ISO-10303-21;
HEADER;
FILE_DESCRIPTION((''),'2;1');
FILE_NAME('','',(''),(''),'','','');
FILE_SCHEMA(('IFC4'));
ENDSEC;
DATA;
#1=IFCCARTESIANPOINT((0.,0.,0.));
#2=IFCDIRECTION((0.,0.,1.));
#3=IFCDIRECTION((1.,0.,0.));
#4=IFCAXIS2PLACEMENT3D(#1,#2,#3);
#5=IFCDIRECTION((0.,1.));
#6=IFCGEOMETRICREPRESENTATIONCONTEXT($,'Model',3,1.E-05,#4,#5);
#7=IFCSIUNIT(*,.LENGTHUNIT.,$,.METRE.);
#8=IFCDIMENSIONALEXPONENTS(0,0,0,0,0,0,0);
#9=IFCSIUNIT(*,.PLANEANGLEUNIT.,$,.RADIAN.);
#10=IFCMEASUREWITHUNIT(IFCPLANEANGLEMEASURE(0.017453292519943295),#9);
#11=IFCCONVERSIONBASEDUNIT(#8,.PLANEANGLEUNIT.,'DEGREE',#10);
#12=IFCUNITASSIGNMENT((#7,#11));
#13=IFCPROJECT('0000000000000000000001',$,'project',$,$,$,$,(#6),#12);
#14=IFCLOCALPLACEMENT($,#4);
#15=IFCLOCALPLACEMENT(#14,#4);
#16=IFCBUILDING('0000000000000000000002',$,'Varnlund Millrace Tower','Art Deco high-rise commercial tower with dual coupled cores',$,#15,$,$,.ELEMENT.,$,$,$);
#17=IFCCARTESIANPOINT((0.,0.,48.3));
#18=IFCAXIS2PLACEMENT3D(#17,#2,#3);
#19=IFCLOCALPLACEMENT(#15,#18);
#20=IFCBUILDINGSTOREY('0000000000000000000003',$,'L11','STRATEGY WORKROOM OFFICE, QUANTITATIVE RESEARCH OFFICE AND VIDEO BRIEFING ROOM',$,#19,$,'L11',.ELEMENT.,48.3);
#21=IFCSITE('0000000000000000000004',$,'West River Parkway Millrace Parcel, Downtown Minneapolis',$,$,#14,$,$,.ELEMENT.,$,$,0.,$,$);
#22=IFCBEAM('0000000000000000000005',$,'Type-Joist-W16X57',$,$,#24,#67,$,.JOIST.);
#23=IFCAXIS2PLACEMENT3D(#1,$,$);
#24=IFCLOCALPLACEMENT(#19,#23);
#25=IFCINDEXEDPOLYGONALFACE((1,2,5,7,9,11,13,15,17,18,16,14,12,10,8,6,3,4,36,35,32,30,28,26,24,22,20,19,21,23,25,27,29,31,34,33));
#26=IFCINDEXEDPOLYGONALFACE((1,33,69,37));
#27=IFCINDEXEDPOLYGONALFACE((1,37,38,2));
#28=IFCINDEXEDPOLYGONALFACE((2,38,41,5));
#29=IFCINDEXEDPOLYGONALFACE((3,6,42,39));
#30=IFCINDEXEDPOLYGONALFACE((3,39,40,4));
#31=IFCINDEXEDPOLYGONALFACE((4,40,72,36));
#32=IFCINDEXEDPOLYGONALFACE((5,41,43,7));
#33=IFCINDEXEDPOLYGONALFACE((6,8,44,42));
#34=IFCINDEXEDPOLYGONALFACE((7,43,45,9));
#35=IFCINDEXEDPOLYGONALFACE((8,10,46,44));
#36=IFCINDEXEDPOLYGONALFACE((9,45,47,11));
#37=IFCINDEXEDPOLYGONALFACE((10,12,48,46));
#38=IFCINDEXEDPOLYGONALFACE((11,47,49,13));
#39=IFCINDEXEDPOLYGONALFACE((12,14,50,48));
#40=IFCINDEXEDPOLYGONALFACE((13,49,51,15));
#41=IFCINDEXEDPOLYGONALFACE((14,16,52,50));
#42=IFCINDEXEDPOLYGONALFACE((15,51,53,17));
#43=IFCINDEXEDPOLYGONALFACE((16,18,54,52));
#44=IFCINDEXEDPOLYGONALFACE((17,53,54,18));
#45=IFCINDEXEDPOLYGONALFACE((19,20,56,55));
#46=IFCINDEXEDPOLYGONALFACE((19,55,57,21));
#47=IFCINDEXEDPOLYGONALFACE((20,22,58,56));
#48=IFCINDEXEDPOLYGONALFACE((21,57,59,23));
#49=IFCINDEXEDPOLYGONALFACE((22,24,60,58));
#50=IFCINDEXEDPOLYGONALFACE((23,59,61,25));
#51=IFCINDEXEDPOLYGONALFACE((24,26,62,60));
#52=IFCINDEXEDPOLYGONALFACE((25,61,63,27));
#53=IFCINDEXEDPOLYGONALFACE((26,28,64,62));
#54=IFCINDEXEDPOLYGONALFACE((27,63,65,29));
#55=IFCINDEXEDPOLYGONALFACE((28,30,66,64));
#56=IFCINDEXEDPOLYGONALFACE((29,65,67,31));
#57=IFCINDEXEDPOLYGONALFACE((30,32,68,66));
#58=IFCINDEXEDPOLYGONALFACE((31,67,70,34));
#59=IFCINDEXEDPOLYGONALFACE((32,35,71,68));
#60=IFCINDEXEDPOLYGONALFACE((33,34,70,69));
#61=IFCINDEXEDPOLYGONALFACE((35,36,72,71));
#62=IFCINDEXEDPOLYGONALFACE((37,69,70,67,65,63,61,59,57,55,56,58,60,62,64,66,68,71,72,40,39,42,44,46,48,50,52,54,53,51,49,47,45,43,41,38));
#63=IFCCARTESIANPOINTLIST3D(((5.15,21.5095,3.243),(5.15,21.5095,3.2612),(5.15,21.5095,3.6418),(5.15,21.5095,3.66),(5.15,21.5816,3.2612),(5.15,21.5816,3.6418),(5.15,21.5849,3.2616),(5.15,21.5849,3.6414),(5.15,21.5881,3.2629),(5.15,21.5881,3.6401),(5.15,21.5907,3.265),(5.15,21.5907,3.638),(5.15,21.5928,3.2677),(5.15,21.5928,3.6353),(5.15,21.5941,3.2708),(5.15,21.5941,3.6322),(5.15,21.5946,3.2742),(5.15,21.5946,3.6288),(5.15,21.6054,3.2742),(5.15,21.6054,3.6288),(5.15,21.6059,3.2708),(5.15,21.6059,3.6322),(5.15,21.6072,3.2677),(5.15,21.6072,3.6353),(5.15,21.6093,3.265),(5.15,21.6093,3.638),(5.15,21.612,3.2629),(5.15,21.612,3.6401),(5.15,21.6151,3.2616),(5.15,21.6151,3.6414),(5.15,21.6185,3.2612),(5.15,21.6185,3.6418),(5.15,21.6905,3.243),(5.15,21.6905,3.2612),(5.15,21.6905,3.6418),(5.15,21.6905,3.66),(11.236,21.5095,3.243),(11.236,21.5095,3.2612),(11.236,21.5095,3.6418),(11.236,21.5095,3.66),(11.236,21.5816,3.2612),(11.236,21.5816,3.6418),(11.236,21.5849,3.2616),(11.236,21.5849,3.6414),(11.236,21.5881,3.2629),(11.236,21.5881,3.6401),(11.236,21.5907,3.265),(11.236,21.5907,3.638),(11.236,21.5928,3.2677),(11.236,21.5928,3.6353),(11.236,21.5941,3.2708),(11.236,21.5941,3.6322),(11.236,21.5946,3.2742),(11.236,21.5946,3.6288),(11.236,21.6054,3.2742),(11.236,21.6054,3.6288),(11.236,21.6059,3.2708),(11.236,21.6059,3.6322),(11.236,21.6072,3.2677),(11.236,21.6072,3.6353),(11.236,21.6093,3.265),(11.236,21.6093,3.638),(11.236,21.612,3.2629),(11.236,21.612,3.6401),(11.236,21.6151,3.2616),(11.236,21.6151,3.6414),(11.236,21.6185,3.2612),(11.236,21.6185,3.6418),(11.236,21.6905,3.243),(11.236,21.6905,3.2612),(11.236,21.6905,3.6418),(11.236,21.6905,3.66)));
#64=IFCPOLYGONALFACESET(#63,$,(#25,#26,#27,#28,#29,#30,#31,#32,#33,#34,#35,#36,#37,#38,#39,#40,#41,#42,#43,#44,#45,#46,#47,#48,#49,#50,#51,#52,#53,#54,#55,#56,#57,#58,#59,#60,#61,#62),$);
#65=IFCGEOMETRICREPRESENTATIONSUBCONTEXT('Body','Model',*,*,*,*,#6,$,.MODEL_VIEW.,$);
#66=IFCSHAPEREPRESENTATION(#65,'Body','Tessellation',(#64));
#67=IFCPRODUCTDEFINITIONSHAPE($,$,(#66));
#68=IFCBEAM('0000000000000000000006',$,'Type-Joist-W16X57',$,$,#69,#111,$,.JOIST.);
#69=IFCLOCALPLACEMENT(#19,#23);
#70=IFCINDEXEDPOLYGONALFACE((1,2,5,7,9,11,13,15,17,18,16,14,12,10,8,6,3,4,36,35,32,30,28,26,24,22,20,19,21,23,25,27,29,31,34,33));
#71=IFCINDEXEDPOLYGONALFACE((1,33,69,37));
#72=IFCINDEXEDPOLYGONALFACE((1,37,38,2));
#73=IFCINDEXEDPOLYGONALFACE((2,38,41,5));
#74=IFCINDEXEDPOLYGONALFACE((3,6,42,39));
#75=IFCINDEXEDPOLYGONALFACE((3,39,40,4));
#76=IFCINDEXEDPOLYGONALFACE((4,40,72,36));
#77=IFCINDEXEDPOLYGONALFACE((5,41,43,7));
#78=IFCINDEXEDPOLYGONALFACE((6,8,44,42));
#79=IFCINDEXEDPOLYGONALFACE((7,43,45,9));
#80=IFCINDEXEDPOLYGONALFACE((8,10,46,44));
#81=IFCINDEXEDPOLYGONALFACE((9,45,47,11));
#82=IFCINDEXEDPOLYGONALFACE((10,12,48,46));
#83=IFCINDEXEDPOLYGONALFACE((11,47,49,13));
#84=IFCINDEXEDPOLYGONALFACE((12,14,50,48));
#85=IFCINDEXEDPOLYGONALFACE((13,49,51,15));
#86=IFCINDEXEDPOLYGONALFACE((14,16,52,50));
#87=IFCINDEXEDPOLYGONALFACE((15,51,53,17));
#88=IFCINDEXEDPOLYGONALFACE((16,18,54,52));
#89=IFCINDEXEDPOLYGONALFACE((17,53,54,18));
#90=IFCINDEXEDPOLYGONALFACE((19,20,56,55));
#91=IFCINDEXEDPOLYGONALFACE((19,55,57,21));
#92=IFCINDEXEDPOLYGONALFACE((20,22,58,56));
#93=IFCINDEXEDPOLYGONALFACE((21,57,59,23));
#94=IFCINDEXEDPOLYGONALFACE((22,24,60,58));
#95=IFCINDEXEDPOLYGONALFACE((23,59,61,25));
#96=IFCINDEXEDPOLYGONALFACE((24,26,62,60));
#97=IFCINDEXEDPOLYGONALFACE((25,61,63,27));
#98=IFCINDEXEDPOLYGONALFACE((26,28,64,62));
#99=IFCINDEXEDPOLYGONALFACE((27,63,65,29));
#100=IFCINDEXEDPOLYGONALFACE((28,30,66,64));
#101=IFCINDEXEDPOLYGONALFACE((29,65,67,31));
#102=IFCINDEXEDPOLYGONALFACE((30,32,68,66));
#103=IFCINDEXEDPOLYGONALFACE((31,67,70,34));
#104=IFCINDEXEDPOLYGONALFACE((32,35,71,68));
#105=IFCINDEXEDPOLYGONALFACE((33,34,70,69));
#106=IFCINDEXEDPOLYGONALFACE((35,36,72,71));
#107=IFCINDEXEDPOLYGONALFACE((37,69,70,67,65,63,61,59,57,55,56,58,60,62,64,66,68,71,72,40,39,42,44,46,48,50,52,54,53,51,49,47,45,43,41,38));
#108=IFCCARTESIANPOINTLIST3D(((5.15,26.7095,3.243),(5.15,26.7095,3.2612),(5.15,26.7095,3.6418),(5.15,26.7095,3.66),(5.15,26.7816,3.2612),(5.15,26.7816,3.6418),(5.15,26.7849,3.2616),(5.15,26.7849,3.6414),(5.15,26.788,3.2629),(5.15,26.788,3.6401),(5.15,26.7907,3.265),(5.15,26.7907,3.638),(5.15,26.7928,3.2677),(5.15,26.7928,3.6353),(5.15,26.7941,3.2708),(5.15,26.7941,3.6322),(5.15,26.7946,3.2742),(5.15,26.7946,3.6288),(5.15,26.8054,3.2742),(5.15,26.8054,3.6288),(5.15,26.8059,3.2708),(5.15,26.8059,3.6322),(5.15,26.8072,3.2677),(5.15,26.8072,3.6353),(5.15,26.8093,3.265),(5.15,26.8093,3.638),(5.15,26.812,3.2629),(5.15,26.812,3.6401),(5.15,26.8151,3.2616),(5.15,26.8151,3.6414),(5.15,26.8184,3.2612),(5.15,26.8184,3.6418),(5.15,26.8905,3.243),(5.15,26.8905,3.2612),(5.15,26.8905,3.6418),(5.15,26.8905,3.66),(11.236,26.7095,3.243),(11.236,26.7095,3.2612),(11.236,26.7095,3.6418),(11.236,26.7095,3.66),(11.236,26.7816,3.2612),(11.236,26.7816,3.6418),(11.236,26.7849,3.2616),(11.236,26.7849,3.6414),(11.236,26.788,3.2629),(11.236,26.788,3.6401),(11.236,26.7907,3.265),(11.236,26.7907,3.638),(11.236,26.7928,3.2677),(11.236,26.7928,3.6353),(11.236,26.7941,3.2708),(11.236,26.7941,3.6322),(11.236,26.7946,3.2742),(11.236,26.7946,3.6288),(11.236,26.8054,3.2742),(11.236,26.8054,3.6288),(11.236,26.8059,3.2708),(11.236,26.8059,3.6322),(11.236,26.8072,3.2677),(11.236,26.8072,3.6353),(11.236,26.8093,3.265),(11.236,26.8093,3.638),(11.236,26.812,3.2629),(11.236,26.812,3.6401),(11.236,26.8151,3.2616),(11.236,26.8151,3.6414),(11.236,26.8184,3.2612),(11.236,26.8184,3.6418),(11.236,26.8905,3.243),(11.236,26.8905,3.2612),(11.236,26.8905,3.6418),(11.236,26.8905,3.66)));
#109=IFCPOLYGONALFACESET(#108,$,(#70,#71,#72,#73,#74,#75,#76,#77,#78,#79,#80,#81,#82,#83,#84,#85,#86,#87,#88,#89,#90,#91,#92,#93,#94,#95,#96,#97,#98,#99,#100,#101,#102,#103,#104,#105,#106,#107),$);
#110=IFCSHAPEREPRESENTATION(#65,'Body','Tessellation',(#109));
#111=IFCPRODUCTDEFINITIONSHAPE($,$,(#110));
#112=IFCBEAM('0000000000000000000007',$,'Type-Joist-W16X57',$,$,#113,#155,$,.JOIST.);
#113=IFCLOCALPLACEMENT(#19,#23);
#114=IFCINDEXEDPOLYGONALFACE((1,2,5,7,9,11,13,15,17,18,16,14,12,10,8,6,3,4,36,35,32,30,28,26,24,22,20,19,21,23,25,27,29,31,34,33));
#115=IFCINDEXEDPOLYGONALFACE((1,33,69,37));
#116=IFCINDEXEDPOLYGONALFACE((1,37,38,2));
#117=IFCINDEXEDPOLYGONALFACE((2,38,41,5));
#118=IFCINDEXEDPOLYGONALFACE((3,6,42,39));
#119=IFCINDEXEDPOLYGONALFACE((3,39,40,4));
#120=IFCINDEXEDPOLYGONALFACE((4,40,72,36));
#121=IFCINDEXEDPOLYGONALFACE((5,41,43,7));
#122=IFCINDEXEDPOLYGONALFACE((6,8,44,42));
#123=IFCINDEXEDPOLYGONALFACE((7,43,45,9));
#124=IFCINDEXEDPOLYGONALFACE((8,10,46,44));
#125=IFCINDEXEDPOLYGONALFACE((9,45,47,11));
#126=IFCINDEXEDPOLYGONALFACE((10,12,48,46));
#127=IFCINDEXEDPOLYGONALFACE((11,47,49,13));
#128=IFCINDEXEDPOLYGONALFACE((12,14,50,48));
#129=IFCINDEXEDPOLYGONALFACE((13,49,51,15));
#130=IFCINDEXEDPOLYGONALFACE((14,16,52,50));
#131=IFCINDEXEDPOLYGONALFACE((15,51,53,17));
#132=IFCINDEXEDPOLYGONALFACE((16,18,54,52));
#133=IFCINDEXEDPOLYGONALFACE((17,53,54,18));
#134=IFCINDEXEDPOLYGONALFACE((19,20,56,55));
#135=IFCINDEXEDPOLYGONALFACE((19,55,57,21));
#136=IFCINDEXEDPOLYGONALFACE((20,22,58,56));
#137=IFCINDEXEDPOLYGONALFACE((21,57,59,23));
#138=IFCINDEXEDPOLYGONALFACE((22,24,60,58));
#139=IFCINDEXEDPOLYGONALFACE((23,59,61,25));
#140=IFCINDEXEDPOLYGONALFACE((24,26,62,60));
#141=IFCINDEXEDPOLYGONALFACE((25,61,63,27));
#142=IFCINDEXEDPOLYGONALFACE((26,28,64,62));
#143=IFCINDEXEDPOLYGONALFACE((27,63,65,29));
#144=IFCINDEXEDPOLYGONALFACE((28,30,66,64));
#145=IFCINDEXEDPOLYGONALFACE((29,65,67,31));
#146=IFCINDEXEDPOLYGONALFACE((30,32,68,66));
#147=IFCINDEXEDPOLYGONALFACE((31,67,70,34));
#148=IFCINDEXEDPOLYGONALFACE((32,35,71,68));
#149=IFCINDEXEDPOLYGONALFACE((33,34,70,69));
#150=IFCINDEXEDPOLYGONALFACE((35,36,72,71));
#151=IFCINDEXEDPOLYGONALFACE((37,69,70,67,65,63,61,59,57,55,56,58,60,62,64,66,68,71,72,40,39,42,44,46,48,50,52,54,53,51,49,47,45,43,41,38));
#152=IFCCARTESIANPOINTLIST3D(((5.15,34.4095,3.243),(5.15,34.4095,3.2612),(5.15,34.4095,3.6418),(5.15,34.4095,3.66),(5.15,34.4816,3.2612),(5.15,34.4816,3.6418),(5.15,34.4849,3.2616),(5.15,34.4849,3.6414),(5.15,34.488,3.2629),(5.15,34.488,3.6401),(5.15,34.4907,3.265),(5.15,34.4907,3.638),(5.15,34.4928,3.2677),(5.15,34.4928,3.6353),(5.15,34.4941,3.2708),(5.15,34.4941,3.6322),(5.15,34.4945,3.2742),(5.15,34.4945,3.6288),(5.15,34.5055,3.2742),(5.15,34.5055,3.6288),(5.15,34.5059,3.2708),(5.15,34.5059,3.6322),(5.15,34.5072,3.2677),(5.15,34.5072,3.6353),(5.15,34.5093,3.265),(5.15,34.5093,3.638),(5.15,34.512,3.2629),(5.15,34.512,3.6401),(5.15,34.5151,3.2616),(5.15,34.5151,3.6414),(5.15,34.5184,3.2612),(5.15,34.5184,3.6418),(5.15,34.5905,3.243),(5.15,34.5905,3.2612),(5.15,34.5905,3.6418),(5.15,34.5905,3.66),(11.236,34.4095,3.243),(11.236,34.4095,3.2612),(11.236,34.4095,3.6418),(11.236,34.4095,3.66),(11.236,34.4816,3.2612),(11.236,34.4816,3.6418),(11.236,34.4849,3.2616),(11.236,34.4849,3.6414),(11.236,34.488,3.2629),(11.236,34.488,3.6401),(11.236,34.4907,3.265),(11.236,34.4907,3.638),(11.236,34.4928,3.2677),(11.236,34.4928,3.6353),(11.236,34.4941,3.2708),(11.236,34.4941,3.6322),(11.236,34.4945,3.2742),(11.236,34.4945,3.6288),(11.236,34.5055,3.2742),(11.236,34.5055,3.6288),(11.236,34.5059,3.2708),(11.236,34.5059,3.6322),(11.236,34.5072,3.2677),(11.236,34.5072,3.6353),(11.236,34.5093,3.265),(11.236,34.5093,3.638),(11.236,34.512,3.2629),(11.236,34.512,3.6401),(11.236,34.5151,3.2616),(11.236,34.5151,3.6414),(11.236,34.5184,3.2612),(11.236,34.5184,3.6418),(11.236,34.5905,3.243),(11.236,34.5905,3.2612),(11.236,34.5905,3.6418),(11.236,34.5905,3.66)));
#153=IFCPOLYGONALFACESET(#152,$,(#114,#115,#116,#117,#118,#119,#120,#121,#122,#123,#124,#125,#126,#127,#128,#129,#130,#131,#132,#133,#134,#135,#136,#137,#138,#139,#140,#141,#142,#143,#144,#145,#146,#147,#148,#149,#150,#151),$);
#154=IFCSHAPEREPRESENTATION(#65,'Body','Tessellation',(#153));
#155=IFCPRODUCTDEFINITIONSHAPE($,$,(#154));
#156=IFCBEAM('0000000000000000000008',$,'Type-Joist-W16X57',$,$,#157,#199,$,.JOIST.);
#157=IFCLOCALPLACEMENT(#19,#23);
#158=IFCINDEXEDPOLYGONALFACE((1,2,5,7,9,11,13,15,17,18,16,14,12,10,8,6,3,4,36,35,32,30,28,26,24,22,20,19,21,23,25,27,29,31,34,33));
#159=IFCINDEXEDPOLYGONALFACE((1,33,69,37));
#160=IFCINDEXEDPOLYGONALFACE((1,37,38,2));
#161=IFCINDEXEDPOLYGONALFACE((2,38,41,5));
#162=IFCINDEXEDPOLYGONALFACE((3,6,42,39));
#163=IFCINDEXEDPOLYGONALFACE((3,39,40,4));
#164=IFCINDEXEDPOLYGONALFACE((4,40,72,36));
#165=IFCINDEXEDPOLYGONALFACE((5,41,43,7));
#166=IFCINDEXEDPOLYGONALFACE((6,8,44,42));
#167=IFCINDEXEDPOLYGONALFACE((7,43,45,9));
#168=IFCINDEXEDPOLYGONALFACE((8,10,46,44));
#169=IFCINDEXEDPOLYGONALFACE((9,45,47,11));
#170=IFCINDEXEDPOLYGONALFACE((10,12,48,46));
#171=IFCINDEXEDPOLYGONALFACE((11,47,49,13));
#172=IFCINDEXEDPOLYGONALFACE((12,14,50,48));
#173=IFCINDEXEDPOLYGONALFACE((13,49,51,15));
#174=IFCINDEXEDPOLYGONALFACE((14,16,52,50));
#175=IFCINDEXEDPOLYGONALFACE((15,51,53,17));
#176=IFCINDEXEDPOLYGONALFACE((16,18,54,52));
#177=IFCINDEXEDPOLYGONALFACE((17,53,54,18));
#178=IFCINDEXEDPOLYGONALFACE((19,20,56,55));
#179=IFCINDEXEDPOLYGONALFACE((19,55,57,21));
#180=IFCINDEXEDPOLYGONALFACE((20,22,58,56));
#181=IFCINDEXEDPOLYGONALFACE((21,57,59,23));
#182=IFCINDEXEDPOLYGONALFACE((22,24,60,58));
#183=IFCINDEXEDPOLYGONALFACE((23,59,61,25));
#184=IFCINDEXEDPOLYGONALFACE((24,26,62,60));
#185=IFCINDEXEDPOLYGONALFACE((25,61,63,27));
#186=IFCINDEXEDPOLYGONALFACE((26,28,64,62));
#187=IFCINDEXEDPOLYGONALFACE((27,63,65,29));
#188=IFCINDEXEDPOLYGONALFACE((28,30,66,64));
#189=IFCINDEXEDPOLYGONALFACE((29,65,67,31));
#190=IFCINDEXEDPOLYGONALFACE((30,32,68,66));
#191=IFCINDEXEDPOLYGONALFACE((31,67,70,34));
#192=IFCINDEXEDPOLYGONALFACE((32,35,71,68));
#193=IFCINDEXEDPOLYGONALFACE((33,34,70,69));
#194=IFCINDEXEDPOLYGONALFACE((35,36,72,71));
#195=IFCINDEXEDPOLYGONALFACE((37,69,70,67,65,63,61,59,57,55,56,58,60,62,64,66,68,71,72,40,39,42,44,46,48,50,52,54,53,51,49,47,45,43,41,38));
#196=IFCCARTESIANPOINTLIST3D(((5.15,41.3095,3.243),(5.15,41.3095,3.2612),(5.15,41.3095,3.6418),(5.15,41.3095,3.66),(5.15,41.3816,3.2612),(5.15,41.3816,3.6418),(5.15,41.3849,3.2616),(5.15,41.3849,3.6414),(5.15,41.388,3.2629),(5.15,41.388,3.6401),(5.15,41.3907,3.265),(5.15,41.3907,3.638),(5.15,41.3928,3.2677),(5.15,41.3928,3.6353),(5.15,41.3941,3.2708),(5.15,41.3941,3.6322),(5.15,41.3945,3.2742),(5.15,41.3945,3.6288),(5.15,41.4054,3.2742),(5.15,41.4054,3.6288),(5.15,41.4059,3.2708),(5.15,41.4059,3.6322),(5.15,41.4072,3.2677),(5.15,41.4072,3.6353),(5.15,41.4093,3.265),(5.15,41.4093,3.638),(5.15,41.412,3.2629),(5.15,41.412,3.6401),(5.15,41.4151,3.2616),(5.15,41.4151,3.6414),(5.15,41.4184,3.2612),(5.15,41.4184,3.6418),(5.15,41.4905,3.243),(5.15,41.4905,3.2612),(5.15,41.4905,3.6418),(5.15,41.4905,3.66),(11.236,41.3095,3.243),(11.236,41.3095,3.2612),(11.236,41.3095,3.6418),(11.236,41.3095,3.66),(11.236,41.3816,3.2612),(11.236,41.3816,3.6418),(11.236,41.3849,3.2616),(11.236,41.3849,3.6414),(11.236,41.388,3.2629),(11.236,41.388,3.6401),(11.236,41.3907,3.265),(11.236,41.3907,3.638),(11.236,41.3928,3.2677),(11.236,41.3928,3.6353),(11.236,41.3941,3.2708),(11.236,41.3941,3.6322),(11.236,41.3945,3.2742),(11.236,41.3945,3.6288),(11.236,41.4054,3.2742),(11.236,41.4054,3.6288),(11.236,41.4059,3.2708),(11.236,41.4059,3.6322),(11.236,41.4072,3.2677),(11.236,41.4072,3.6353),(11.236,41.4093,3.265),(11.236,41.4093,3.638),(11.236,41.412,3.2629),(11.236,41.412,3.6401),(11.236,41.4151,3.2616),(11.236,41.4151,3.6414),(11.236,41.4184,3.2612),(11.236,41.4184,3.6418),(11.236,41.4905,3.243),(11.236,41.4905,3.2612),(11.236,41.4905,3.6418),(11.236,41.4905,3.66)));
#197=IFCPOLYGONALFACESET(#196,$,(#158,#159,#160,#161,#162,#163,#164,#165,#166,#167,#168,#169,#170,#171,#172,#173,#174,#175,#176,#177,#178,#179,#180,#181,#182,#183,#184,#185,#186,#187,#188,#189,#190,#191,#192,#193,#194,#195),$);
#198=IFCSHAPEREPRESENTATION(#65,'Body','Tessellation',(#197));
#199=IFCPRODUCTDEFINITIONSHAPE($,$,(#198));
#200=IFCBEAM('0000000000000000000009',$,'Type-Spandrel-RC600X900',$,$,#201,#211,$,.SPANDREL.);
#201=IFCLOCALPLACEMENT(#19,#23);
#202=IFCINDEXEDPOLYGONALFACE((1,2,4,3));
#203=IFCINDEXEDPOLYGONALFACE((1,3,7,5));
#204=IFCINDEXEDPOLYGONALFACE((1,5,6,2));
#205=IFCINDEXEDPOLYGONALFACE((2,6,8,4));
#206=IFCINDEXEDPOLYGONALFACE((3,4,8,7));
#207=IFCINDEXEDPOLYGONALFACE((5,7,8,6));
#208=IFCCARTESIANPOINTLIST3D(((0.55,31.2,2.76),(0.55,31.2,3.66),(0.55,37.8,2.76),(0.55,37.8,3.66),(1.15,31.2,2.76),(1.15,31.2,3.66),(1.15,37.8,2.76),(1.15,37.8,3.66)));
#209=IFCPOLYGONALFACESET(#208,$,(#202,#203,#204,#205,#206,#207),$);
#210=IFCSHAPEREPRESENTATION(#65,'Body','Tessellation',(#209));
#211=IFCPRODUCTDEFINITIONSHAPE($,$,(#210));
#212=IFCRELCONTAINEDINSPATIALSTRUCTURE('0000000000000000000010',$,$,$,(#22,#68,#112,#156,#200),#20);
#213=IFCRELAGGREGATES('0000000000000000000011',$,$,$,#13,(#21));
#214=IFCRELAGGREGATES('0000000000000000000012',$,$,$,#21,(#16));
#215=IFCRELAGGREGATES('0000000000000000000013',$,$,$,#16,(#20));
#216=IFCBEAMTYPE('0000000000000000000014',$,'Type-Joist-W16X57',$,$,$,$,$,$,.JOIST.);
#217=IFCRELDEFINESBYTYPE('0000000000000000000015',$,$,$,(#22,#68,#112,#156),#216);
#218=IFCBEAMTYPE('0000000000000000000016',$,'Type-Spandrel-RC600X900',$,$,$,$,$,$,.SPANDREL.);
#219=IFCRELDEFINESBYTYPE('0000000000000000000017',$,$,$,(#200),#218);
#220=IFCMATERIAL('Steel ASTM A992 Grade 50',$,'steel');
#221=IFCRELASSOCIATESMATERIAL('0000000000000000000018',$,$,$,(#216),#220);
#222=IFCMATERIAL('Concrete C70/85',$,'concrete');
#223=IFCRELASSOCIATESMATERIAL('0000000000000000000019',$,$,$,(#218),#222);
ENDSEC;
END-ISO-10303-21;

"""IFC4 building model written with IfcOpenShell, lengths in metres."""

from ifc_helpers import new_model, entity, si_unit, converted_unit, direction, frame, origin_with_axes, origin_2d_with_axis, place, context, subcontext, project, spatial, rectangle, i_section, extrude, material, material_profile, profile_set, type_object, element, save


model = new_model("IFC4")

# Units and contexts
model_context = context("Model", 3, precision=1e-05, world=origin_with_axes(), true_north=direction((0.0, 1.0)))
body_context = subcontext(model_context, "Body", "Model", "MODEL_VIEW")
ifc_project = project(units=[si_unit("LENGTHUNIT", "METRE"), converted_unit("PLANEANGLEUNIT", "DEGREE", entity("IfcPlaneAngleMeasure", 0.017453292519943295), si_unit("PLANEANGLEUNIT", "RADIAN"), dimensions=[0, 0, 0, 0, 0, 0, 0])], contexts=[model_context])

# Site, building, storey
site_placement = place(None, origin_with_axes())
site = spatial("IfcSite", under=ifc_project, at=site_placement, Name="West River Parkway Millrace Parcel, Downtown Minneapolis", CompositionType="ELEMENT", RefElevation=0.0)
building_placement = place(site_placement, origin_with_axes())
building = spatial("IfcBuilding", under=site, at=building_placement, Name="Varnlund Millrace Tower", Description="Art Deco high-rise commercial tower with dual coupled cores", CompositionType="ELEMENT")
storey_placement = place(building_placement, frame((0.0, 0.0, 48.3), z_axis=(0.0, 0.0, 1.0), x_axis=(1.0, 0.0, 0.0)))
storey = spatial("IfcBuildingStorey", under=building, at=storey_placement, Name="L11", Description="STRATEGY WORKROOM OFFICE, QUANTITATIVE RESEARCH OFFICE AND VIDEO BRIEFING ROOM", LongName="L11", CompositionType="ELEMENT", Elevation=48.3)

# Beams
ifc_material_1 = material(Name="Steel ASTM A992 Grade 50", Category="steel")
ifc_material_profile_1 = material_profile(ifc_material_1, i_section(OverallWidth=0.181, OverallDepth=0.417, WebThickness=0.0109, FlangeThickness=0.0182, FilletRadius=0.013, at=origin_2d_with_axis()), Name="Steel ASTM A992 Grade 50")
ifc_profile_set_1 = profile_set([ifc_material_profile_1], Name="Steel ASTM A992 Grade 50")
beam_type_1 = type_object("IfcBeamType", Name="Type-Joist-W16X57", PredefinedType="JOIST", material=ifc_profile_set_1)
for number, where, z_axis, x_axis, name in (
    (1, (5.15, 21.6, 3.4515), (1.0, 0.0, 0.0), (0.0, 1.0, 0.0), "Type-Joist-W16X57"),
    (2, (5.15, 26.8, 3.4515), (1.0, 0.0, 0.0), (0.0, 1.0, 0.0), "Type-Joist-W16X57"),
    (3, (5.15, 34.5, 3.4515), (1.0, 0.0, 0.0), (0.0, 1.0, 0.0), "Type-Joist-W16X57"),
    (4, (5.15, 41.4, 3.4515), (1.0, 0.0, 0.0), (0.0, 1.0, 0.0), "Type-Joist-W16X57"),
):
    element("IfcBeam", number, at=place(storey_placement, frame(where, z_axis=z_axis, x_axis=x_axis)), inside=storey, type_object=beam_type_1, Name=name, PredefinedType="JOIST", context=body_context, shape_type="SweptSolid", body=[
        extrude(i_section(OverallWidth=0.181, OverallDepth=0.417, WebThickness=0.0109, FlangeThickness=0.0182, FilletRadius=0.013, at=origin_2d_with_axis()), origin_with_axes(), (0.0, 0.0, 1.0), 6.086),
    ])
ifc_material_2 = material(Name="Concrete C70/85", Category="concrete")
ifc_material_profile_2 = material_profile(ifc_material_2, rectangle(XDim=0.6, YDim=0.9, at=origin_2d_with_axis()), Name="Concrete C70/85")
ifc_profile_set_2 = profile_set([ifc_material_profile_2], Name="Concrete C70/85")
beam_type_2 = type_object("IfcBeamType", Name="Type-Spandrel-RC600X900", PredefinedType="SPANDREL", material=ifc_profile_set_2)
beam_1_placement = place(storey_placement, frame((0.85, 31.2, 3.21), z_axis=(0.0, 1.0, 0.0), x_axis=(-1.0, 0.0, 0.0)))
element("IfcBeam", 5, at=beam_1_placement, inside=storey, type_object=beam_type_2, Name="Type-Spandrel-RC600X900", PredefinedType="SPANDREL", context=body_context, shape_type="SweptSolid", body=[
    extrude(rectangle(XDim=0.6, YDim=0.9, at=origin_2d_with_axis()), origin_with_axes(), (0.0, 0.0, 1.0), 6.6),
])

save(model, "model.ifc")
